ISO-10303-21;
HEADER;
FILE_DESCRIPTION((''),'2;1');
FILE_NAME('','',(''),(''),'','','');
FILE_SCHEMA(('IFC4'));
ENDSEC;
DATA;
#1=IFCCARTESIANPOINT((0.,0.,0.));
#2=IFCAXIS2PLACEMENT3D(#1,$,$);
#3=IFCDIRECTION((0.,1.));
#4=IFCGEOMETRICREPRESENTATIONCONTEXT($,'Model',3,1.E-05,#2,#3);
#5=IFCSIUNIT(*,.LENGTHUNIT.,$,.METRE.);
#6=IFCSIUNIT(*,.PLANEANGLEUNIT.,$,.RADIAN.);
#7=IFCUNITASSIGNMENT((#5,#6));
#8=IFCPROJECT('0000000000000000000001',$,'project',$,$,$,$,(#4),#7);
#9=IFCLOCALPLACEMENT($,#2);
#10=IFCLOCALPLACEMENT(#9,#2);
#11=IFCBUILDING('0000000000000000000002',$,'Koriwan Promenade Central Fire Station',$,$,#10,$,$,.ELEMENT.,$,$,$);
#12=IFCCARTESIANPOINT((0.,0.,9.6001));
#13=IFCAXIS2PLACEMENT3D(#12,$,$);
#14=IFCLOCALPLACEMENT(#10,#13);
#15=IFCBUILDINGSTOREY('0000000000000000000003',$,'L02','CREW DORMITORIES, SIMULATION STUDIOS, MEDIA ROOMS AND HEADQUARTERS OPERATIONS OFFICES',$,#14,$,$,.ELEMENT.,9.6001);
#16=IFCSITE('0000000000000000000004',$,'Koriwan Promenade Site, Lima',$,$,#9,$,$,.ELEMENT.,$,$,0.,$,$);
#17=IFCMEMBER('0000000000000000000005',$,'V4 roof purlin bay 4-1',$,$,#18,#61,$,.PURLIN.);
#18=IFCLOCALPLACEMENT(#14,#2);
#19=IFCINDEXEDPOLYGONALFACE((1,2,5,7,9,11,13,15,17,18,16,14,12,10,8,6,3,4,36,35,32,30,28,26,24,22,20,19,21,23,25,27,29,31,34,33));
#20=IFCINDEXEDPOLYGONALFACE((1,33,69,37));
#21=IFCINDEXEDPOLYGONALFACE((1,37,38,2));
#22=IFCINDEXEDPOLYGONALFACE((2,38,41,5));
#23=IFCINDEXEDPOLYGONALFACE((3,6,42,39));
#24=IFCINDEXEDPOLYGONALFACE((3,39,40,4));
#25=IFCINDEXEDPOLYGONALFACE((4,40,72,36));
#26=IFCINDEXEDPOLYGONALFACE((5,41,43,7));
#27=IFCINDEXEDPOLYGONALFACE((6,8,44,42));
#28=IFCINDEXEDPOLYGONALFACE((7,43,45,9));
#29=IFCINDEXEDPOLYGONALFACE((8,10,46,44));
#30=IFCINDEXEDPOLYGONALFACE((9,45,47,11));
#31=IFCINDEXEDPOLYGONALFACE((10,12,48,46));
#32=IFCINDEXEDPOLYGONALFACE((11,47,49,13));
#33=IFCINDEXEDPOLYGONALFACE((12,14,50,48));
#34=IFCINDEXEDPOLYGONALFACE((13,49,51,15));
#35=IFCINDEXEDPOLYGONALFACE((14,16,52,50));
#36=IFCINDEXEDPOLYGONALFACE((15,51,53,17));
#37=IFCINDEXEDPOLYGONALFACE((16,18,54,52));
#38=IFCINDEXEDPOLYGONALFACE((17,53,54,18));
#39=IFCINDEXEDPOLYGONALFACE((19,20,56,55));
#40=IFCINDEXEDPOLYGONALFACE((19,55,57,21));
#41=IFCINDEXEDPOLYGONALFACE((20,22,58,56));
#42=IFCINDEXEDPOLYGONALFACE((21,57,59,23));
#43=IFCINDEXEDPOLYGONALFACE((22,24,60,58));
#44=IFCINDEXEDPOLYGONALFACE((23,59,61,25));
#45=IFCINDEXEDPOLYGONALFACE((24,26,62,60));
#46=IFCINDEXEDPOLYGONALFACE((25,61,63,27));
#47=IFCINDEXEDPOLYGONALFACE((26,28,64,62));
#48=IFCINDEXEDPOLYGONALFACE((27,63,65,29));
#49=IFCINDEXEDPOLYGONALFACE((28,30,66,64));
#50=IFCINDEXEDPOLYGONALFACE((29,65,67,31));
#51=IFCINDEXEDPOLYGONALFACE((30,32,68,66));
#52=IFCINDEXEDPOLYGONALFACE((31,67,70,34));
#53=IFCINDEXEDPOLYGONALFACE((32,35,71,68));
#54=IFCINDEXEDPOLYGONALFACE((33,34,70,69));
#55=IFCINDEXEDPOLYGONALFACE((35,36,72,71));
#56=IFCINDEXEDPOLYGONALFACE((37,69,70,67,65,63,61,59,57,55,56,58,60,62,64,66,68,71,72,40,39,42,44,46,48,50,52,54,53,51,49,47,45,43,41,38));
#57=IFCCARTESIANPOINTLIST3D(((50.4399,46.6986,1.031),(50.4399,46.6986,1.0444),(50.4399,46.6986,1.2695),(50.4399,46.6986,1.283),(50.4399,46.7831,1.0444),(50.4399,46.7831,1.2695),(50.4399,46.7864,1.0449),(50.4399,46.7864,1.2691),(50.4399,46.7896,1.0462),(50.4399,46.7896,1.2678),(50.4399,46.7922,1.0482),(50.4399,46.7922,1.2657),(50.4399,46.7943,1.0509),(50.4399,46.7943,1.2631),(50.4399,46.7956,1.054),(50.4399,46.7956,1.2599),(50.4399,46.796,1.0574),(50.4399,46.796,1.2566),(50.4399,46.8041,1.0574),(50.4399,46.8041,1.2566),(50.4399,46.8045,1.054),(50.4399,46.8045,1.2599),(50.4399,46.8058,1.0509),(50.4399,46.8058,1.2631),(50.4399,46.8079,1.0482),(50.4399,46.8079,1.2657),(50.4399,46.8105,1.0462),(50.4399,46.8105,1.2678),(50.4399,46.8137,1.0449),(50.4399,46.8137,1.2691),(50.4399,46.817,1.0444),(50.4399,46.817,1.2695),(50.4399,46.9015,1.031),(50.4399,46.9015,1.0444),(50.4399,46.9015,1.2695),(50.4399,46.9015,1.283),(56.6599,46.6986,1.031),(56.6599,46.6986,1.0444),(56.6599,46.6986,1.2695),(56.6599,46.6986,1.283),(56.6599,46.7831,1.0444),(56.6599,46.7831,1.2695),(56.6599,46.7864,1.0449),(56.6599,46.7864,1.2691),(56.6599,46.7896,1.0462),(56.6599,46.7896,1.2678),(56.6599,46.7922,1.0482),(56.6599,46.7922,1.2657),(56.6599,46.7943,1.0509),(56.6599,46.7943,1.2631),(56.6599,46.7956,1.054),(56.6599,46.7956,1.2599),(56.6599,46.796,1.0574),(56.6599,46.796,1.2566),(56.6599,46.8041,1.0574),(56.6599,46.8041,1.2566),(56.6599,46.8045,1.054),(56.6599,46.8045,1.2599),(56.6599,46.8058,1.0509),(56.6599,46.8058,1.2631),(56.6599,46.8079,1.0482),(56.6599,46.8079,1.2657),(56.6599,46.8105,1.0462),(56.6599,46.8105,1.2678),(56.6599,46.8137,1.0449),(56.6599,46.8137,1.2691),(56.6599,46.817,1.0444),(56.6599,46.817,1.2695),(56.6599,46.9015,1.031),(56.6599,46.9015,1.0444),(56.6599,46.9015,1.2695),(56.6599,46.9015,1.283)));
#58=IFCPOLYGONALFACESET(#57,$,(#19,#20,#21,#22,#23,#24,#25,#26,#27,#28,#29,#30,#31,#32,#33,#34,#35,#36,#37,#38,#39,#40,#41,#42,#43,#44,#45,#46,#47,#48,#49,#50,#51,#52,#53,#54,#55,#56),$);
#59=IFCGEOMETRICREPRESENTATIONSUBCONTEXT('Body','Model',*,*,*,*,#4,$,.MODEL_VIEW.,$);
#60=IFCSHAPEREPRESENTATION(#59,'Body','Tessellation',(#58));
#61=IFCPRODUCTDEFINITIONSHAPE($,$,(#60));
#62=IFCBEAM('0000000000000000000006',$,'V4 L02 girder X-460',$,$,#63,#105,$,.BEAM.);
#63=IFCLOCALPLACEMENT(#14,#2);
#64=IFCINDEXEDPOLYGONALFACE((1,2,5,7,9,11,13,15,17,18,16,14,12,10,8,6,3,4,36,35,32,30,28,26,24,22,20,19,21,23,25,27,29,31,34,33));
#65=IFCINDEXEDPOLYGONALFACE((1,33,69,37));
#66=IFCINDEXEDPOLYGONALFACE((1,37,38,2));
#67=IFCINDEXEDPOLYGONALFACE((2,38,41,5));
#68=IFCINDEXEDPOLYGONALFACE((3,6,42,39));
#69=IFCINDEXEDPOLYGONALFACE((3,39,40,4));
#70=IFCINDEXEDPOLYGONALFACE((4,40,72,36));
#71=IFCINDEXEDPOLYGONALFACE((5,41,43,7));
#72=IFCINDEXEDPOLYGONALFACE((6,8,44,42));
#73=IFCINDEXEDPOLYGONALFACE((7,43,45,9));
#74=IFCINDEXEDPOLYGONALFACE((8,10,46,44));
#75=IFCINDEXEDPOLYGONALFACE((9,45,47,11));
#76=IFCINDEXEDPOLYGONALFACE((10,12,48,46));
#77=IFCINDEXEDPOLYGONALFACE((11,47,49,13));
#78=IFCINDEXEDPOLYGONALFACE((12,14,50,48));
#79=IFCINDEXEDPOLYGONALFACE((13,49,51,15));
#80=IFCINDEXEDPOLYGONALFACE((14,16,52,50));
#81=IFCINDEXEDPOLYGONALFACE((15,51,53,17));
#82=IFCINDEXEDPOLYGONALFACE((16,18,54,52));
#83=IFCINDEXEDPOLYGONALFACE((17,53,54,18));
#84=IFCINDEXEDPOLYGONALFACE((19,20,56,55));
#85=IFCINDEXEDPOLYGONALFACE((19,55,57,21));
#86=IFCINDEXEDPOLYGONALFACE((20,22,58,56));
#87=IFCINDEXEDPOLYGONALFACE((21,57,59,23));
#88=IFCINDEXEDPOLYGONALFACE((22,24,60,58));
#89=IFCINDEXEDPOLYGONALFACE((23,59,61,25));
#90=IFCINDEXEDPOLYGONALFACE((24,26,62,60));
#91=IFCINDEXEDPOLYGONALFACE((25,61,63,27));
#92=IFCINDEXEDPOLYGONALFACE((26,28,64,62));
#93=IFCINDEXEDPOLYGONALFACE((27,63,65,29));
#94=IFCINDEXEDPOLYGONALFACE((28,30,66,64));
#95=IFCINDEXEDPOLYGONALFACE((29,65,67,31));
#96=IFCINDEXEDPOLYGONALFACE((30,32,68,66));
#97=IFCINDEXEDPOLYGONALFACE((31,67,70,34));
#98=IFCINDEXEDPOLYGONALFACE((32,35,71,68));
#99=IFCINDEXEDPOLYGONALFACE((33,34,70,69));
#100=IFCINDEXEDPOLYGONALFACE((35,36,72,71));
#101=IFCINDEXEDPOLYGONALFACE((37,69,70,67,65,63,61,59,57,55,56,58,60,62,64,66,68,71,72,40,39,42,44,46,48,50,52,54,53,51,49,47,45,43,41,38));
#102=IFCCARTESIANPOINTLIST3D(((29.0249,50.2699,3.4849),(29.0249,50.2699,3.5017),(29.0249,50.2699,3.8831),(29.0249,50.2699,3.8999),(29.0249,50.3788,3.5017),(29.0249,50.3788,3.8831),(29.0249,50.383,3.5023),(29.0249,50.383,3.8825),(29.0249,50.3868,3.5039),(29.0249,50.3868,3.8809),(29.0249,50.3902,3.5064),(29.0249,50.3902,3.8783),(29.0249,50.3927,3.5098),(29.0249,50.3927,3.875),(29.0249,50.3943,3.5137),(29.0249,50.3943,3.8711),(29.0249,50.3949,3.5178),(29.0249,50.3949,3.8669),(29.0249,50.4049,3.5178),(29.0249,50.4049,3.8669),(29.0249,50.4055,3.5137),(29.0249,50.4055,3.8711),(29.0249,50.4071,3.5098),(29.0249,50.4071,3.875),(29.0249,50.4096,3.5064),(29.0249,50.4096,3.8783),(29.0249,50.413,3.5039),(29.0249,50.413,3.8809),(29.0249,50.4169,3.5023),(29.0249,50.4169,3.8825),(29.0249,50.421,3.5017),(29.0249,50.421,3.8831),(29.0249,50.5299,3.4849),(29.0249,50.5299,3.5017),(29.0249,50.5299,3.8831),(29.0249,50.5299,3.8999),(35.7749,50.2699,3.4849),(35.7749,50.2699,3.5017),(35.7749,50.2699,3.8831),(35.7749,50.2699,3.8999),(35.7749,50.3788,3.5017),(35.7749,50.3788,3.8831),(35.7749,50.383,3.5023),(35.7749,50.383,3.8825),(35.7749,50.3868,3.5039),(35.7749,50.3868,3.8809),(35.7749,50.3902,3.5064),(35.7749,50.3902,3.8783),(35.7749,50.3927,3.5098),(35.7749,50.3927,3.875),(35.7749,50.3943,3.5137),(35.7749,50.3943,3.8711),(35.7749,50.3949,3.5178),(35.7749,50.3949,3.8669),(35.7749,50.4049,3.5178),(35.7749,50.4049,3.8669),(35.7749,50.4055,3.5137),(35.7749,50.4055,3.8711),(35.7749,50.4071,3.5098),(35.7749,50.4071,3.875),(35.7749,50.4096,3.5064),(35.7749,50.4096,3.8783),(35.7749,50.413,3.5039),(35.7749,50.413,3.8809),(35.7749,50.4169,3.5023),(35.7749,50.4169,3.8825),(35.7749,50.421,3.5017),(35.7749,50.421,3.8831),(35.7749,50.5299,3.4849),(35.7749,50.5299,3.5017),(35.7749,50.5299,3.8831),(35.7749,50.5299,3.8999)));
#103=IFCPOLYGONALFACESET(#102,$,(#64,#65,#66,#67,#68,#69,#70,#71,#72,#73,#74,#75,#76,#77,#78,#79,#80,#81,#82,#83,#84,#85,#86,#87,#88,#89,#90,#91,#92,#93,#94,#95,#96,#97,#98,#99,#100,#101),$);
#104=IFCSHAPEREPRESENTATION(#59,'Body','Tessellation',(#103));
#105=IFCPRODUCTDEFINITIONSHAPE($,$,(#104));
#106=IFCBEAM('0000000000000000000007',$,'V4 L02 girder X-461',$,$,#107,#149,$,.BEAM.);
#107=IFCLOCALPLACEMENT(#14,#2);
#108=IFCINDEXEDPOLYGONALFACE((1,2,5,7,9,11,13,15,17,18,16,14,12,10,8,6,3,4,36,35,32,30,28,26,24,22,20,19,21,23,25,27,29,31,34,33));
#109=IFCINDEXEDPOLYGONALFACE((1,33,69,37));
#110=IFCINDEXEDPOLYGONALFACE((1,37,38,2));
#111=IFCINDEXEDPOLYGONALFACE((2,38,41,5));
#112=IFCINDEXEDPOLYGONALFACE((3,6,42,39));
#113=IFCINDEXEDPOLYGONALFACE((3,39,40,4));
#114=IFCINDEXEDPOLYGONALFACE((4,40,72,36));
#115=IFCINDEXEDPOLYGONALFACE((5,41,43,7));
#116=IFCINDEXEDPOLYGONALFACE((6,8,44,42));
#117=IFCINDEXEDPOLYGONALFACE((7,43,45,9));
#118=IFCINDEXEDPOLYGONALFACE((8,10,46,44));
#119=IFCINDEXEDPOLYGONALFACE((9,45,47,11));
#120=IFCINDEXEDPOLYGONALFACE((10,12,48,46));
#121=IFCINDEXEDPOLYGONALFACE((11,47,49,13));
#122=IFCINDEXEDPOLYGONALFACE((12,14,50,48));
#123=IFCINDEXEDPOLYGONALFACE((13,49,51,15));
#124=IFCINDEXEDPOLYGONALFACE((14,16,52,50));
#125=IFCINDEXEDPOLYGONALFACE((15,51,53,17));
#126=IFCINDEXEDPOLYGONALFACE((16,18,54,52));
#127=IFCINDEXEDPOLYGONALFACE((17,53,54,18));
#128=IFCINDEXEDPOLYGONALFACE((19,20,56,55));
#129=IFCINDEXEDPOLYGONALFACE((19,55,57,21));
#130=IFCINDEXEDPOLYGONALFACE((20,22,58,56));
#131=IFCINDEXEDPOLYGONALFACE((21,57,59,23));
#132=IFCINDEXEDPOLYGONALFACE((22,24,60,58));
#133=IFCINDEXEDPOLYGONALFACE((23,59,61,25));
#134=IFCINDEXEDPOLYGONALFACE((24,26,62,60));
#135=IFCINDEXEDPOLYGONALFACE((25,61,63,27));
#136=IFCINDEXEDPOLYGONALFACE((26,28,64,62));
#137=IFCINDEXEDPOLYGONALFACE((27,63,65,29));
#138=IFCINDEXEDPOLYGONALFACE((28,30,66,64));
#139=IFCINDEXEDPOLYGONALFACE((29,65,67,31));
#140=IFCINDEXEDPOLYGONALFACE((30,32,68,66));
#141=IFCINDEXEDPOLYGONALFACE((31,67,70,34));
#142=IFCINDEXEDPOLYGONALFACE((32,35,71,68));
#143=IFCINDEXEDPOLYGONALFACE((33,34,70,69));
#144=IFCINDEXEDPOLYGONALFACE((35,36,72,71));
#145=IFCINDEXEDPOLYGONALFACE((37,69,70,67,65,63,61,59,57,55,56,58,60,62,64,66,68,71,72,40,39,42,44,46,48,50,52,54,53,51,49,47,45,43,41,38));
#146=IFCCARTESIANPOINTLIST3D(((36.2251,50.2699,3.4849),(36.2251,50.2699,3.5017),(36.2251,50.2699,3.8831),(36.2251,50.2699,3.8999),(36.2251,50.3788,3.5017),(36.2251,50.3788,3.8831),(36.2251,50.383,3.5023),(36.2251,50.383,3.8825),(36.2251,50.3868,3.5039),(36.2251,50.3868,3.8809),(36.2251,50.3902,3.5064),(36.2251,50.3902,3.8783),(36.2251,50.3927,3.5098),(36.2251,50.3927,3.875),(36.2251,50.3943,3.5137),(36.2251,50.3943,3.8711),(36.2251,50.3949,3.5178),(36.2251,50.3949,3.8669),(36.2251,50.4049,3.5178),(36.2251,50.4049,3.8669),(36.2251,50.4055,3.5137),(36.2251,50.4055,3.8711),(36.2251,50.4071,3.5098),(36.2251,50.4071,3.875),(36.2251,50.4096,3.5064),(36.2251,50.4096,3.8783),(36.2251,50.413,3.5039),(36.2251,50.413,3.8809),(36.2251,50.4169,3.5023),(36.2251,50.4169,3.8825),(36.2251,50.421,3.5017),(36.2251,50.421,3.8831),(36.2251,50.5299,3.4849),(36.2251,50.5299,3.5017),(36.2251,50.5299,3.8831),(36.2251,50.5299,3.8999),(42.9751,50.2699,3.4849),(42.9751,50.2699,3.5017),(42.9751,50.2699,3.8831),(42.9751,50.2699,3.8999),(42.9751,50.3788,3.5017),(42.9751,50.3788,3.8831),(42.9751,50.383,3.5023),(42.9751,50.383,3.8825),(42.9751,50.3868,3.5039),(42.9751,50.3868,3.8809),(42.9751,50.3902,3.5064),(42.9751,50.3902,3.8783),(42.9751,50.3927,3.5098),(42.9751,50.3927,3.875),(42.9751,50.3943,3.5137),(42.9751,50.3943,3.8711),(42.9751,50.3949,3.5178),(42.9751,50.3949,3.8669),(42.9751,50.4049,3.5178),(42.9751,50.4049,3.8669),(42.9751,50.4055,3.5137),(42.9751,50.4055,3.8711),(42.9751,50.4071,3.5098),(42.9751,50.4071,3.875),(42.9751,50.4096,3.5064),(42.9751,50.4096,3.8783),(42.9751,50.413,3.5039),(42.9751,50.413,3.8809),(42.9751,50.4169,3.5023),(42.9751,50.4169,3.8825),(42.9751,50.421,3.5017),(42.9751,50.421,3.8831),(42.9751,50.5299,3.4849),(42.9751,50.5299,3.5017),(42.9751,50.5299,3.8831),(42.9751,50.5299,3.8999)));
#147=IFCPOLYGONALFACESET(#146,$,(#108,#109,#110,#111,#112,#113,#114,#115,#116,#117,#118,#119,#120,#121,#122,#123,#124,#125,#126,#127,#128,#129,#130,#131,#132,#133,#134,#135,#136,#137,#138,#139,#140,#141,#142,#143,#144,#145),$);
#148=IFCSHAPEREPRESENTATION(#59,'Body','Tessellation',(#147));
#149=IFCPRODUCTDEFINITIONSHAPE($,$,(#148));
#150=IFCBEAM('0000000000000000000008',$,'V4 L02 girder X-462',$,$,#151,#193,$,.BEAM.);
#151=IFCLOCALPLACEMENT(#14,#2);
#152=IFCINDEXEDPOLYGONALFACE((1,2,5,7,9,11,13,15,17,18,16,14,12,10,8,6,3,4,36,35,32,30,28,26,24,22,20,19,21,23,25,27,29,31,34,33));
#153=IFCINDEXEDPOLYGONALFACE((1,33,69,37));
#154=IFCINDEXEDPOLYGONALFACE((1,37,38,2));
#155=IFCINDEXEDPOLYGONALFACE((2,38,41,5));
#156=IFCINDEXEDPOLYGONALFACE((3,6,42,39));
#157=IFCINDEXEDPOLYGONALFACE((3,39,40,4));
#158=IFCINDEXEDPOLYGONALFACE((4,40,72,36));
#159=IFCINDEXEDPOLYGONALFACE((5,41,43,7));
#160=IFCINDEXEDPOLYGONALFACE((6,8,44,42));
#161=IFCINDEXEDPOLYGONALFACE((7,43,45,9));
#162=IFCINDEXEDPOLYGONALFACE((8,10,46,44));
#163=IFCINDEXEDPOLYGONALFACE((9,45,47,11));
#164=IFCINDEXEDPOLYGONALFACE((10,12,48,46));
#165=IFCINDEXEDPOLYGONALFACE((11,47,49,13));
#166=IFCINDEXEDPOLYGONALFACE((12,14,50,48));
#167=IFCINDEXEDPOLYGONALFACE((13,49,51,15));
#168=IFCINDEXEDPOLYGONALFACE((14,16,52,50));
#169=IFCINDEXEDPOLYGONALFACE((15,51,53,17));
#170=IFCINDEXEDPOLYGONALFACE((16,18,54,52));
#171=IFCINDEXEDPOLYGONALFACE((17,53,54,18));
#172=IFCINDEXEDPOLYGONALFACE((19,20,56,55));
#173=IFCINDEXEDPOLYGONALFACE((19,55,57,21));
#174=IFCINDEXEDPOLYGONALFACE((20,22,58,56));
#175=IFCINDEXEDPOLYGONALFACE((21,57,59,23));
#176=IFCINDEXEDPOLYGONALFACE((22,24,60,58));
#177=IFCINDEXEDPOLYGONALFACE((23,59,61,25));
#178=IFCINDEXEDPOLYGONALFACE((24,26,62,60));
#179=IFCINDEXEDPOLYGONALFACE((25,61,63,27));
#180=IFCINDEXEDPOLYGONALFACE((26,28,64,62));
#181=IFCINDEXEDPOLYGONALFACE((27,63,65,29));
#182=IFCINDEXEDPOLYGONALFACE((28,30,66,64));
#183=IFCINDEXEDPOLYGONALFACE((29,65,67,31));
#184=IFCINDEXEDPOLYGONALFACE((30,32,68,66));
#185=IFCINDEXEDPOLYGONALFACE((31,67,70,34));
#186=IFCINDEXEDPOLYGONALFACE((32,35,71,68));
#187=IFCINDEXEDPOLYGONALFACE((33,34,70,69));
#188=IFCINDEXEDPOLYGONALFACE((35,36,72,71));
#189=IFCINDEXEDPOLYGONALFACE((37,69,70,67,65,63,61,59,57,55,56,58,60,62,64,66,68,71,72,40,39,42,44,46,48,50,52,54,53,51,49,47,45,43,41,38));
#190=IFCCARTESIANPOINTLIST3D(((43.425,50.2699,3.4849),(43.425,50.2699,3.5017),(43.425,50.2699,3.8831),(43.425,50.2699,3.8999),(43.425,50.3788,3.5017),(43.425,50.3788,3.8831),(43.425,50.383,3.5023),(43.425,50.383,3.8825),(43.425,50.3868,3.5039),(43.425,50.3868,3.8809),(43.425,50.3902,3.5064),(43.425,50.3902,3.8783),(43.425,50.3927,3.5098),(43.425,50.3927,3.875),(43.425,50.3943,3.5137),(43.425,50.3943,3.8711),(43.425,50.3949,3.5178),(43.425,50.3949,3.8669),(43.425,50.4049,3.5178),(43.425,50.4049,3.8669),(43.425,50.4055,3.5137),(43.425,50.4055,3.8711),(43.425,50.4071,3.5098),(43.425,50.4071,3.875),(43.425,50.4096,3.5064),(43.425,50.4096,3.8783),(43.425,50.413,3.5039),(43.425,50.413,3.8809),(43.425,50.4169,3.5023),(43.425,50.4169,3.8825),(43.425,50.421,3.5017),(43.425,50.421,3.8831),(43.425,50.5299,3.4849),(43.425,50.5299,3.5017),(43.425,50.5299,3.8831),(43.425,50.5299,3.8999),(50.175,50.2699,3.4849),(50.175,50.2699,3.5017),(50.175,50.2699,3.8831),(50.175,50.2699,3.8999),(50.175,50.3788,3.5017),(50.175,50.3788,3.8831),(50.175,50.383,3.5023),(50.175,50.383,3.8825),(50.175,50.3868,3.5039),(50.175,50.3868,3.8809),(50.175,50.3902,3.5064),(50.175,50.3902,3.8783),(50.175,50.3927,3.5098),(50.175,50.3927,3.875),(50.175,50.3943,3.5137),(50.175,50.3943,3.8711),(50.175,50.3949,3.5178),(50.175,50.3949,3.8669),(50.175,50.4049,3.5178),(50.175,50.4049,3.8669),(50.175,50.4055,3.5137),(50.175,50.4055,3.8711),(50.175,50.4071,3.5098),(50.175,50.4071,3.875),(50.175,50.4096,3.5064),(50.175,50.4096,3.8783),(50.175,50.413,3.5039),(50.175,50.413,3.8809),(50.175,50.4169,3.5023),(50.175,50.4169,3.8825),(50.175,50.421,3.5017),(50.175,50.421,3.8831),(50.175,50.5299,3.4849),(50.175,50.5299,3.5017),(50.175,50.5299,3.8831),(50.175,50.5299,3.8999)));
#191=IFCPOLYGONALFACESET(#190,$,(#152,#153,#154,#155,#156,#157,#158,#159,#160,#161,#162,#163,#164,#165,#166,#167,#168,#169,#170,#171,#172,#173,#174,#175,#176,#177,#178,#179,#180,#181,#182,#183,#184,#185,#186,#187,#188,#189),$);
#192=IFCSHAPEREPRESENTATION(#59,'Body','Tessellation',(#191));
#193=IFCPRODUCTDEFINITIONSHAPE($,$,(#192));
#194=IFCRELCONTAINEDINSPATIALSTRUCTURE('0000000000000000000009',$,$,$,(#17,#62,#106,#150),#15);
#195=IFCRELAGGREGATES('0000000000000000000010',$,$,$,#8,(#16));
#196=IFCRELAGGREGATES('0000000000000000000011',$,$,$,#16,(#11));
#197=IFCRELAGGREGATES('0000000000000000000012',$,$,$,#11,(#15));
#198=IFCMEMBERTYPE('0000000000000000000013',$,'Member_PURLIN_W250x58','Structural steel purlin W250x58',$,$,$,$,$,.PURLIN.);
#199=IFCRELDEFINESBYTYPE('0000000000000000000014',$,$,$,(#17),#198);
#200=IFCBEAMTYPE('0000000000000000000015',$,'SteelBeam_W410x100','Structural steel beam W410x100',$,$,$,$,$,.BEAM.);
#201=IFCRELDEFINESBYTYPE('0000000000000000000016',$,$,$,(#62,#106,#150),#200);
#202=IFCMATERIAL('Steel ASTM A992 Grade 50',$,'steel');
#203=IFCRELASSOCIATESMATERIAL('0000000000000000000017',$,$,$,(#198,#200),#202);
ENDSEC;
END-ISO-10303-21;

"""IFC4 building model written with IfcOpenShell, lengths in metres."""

from ifc_helpers import new_model, si_unit, direction, frame, origin, origin_2d, place, context, subcontext, project, spatial, i_section, extrude, material, material_profile, profile_set, type_object, element, save


model = new_model("IFC4")

# Units and contexts
model_context = context("Model", 3, precision=1e-05, world=origin(), true_north=direction((0.0, 1.0)))
body_context = subcontext(model_context, "Body", "Model", "MODEL_VIEW")
ifc_project = project(units=[si_unit("LENGTHUNIT", "METRE"), si_unit("PLANEANGLEUNIT", "RADIAN")], contexts=[model_context])

# Site, building, storey
site_placement = place(None, origin())
site = spatial("IfcSite", under=ifc_project, at=site_placement, Name="Koriwan Promenade Site, Lima", CompositionType="ELEMENT", RefElevation=0.0)
building_placement = place(site_placement, origin())
building = spatial("IfcBuilding", under=site, at=building_placement, Name="Koriwan Promenade Central Fire Station", CompositionType="ELEMENT")
storey_placement = place(building_placement, frame((0.0, 0.0, 9.6001)))
storey = spatial("IfcBuildingStorey", under=building, at=storey_placement, Name="L02", Description="CREW DORMITORIES, SIMULATION STUDIOS, MEDIA ROOMS AND HEADQUARTERS OPERATIONS OFFICES", CompositionType="ELEMENT", Elevation=9.6001)

# Member
ifc_material_1 = material(Name="Steel ASTM A992 Grade 50", Category="steel")
ifc_material_profile_1 = material_profile(ifc_material_1, i_section(OverallWidth=0.2029, OverallDepth=0.252, WebThickness=0.0081, FlangeThickness=0.0134, FilletRadius=0.0129, at=origin_2d()), Name="W250x58")
ifc_profile_set_1 = profile_set([ifc_material_profile_1], Name="Steel ASTM A992 Grade 50")
member_type_1 = type_object("IfcMemberType", Name="Member_PURLIN_W250x58", Description="Structural steel purlin W250x58", PredefinedType="PURLIN", material=ifc_profile_set_1)
member_1_placement = place(storey_placement, frame((50.4399, 46.8, 1.157), z_axis=(1.0, 0.0, 0.0), x_axis=(0.0, 1.0, 0.0)))
element("IfcMember", 1, at=member_1_placement, inside=storey, type_object=member_type_1, Name="V4 roof purlin bay 4-1", PredefinedType="PURLIN", context=body_context, shape_type="SweptSolid", body=[
    extrude(i_section(OverallWidth=0.2029, OverallDepth=0.252, WebThickness=0.0081, FlangeThickness=0.0134, FilletRadius=0.0129, at=origin_2d()), origin(), (0.0, 0.0, 1.0), 6.22),
])

# Beams
ifc_material_profile_2 = material_profile(ifc_material_1, i_section(OverallWidth=0.26, OverallDepth=0.415, WebThickness=0.01, FlangeThickness=0.0168, FilletRadius=0.0161, at=origin_2d()), Name="W410x100")
ifc_profile_set_2 = profile_set([ifc_material_profile_2], Name="Steel ASTM A992 Grade 50")
beam_type = type_object("IfcBeamType", Name="SteelBeam_W410x100", Description="Structural steel beam W410x100", PredefinedType="BEAM", material=ifc_profile_set_2)
for number, where, z_axis, x_axis, name in (
    (2, (29.0249, 50.3999, 3.6924), (1.0, 0.0, 0.0), (0.0, 1.0, 0.0), "V4 L02 girder X-460"),
    (3, (36.2251, 50.3999, 3.6924), (1.0, 0.0, 0.0), (0.0, 1.0, 0.0), "V4 L02 girder X-461"),
    (4, (43.425, 50.3999, 3.6924), (1.0, 0.0, 0.0), (0.0, 1.0, 0.0), "V4 L02 girder X-462"),
):
    element("IfcBeam", number, at=place(storey_placement, frame(where, z_axis=z_axis, x_axis=x_axis)), inside=storey, type_object=beam_type, Name=name, PredefinedType="BEAM", context=body_context, shape_type="SweptSolid", body=[
        extrude(i_section(OverallWidth=0.26, OverallDepth=0.415, WebThickness=0.01, FlangeThickness=0.0168, FilletRadius=0.0161, at=origin_2d()), origin(), (0.0, 0.0, 1.0), 6.75),
    ])

save(model, "model.ifc")
